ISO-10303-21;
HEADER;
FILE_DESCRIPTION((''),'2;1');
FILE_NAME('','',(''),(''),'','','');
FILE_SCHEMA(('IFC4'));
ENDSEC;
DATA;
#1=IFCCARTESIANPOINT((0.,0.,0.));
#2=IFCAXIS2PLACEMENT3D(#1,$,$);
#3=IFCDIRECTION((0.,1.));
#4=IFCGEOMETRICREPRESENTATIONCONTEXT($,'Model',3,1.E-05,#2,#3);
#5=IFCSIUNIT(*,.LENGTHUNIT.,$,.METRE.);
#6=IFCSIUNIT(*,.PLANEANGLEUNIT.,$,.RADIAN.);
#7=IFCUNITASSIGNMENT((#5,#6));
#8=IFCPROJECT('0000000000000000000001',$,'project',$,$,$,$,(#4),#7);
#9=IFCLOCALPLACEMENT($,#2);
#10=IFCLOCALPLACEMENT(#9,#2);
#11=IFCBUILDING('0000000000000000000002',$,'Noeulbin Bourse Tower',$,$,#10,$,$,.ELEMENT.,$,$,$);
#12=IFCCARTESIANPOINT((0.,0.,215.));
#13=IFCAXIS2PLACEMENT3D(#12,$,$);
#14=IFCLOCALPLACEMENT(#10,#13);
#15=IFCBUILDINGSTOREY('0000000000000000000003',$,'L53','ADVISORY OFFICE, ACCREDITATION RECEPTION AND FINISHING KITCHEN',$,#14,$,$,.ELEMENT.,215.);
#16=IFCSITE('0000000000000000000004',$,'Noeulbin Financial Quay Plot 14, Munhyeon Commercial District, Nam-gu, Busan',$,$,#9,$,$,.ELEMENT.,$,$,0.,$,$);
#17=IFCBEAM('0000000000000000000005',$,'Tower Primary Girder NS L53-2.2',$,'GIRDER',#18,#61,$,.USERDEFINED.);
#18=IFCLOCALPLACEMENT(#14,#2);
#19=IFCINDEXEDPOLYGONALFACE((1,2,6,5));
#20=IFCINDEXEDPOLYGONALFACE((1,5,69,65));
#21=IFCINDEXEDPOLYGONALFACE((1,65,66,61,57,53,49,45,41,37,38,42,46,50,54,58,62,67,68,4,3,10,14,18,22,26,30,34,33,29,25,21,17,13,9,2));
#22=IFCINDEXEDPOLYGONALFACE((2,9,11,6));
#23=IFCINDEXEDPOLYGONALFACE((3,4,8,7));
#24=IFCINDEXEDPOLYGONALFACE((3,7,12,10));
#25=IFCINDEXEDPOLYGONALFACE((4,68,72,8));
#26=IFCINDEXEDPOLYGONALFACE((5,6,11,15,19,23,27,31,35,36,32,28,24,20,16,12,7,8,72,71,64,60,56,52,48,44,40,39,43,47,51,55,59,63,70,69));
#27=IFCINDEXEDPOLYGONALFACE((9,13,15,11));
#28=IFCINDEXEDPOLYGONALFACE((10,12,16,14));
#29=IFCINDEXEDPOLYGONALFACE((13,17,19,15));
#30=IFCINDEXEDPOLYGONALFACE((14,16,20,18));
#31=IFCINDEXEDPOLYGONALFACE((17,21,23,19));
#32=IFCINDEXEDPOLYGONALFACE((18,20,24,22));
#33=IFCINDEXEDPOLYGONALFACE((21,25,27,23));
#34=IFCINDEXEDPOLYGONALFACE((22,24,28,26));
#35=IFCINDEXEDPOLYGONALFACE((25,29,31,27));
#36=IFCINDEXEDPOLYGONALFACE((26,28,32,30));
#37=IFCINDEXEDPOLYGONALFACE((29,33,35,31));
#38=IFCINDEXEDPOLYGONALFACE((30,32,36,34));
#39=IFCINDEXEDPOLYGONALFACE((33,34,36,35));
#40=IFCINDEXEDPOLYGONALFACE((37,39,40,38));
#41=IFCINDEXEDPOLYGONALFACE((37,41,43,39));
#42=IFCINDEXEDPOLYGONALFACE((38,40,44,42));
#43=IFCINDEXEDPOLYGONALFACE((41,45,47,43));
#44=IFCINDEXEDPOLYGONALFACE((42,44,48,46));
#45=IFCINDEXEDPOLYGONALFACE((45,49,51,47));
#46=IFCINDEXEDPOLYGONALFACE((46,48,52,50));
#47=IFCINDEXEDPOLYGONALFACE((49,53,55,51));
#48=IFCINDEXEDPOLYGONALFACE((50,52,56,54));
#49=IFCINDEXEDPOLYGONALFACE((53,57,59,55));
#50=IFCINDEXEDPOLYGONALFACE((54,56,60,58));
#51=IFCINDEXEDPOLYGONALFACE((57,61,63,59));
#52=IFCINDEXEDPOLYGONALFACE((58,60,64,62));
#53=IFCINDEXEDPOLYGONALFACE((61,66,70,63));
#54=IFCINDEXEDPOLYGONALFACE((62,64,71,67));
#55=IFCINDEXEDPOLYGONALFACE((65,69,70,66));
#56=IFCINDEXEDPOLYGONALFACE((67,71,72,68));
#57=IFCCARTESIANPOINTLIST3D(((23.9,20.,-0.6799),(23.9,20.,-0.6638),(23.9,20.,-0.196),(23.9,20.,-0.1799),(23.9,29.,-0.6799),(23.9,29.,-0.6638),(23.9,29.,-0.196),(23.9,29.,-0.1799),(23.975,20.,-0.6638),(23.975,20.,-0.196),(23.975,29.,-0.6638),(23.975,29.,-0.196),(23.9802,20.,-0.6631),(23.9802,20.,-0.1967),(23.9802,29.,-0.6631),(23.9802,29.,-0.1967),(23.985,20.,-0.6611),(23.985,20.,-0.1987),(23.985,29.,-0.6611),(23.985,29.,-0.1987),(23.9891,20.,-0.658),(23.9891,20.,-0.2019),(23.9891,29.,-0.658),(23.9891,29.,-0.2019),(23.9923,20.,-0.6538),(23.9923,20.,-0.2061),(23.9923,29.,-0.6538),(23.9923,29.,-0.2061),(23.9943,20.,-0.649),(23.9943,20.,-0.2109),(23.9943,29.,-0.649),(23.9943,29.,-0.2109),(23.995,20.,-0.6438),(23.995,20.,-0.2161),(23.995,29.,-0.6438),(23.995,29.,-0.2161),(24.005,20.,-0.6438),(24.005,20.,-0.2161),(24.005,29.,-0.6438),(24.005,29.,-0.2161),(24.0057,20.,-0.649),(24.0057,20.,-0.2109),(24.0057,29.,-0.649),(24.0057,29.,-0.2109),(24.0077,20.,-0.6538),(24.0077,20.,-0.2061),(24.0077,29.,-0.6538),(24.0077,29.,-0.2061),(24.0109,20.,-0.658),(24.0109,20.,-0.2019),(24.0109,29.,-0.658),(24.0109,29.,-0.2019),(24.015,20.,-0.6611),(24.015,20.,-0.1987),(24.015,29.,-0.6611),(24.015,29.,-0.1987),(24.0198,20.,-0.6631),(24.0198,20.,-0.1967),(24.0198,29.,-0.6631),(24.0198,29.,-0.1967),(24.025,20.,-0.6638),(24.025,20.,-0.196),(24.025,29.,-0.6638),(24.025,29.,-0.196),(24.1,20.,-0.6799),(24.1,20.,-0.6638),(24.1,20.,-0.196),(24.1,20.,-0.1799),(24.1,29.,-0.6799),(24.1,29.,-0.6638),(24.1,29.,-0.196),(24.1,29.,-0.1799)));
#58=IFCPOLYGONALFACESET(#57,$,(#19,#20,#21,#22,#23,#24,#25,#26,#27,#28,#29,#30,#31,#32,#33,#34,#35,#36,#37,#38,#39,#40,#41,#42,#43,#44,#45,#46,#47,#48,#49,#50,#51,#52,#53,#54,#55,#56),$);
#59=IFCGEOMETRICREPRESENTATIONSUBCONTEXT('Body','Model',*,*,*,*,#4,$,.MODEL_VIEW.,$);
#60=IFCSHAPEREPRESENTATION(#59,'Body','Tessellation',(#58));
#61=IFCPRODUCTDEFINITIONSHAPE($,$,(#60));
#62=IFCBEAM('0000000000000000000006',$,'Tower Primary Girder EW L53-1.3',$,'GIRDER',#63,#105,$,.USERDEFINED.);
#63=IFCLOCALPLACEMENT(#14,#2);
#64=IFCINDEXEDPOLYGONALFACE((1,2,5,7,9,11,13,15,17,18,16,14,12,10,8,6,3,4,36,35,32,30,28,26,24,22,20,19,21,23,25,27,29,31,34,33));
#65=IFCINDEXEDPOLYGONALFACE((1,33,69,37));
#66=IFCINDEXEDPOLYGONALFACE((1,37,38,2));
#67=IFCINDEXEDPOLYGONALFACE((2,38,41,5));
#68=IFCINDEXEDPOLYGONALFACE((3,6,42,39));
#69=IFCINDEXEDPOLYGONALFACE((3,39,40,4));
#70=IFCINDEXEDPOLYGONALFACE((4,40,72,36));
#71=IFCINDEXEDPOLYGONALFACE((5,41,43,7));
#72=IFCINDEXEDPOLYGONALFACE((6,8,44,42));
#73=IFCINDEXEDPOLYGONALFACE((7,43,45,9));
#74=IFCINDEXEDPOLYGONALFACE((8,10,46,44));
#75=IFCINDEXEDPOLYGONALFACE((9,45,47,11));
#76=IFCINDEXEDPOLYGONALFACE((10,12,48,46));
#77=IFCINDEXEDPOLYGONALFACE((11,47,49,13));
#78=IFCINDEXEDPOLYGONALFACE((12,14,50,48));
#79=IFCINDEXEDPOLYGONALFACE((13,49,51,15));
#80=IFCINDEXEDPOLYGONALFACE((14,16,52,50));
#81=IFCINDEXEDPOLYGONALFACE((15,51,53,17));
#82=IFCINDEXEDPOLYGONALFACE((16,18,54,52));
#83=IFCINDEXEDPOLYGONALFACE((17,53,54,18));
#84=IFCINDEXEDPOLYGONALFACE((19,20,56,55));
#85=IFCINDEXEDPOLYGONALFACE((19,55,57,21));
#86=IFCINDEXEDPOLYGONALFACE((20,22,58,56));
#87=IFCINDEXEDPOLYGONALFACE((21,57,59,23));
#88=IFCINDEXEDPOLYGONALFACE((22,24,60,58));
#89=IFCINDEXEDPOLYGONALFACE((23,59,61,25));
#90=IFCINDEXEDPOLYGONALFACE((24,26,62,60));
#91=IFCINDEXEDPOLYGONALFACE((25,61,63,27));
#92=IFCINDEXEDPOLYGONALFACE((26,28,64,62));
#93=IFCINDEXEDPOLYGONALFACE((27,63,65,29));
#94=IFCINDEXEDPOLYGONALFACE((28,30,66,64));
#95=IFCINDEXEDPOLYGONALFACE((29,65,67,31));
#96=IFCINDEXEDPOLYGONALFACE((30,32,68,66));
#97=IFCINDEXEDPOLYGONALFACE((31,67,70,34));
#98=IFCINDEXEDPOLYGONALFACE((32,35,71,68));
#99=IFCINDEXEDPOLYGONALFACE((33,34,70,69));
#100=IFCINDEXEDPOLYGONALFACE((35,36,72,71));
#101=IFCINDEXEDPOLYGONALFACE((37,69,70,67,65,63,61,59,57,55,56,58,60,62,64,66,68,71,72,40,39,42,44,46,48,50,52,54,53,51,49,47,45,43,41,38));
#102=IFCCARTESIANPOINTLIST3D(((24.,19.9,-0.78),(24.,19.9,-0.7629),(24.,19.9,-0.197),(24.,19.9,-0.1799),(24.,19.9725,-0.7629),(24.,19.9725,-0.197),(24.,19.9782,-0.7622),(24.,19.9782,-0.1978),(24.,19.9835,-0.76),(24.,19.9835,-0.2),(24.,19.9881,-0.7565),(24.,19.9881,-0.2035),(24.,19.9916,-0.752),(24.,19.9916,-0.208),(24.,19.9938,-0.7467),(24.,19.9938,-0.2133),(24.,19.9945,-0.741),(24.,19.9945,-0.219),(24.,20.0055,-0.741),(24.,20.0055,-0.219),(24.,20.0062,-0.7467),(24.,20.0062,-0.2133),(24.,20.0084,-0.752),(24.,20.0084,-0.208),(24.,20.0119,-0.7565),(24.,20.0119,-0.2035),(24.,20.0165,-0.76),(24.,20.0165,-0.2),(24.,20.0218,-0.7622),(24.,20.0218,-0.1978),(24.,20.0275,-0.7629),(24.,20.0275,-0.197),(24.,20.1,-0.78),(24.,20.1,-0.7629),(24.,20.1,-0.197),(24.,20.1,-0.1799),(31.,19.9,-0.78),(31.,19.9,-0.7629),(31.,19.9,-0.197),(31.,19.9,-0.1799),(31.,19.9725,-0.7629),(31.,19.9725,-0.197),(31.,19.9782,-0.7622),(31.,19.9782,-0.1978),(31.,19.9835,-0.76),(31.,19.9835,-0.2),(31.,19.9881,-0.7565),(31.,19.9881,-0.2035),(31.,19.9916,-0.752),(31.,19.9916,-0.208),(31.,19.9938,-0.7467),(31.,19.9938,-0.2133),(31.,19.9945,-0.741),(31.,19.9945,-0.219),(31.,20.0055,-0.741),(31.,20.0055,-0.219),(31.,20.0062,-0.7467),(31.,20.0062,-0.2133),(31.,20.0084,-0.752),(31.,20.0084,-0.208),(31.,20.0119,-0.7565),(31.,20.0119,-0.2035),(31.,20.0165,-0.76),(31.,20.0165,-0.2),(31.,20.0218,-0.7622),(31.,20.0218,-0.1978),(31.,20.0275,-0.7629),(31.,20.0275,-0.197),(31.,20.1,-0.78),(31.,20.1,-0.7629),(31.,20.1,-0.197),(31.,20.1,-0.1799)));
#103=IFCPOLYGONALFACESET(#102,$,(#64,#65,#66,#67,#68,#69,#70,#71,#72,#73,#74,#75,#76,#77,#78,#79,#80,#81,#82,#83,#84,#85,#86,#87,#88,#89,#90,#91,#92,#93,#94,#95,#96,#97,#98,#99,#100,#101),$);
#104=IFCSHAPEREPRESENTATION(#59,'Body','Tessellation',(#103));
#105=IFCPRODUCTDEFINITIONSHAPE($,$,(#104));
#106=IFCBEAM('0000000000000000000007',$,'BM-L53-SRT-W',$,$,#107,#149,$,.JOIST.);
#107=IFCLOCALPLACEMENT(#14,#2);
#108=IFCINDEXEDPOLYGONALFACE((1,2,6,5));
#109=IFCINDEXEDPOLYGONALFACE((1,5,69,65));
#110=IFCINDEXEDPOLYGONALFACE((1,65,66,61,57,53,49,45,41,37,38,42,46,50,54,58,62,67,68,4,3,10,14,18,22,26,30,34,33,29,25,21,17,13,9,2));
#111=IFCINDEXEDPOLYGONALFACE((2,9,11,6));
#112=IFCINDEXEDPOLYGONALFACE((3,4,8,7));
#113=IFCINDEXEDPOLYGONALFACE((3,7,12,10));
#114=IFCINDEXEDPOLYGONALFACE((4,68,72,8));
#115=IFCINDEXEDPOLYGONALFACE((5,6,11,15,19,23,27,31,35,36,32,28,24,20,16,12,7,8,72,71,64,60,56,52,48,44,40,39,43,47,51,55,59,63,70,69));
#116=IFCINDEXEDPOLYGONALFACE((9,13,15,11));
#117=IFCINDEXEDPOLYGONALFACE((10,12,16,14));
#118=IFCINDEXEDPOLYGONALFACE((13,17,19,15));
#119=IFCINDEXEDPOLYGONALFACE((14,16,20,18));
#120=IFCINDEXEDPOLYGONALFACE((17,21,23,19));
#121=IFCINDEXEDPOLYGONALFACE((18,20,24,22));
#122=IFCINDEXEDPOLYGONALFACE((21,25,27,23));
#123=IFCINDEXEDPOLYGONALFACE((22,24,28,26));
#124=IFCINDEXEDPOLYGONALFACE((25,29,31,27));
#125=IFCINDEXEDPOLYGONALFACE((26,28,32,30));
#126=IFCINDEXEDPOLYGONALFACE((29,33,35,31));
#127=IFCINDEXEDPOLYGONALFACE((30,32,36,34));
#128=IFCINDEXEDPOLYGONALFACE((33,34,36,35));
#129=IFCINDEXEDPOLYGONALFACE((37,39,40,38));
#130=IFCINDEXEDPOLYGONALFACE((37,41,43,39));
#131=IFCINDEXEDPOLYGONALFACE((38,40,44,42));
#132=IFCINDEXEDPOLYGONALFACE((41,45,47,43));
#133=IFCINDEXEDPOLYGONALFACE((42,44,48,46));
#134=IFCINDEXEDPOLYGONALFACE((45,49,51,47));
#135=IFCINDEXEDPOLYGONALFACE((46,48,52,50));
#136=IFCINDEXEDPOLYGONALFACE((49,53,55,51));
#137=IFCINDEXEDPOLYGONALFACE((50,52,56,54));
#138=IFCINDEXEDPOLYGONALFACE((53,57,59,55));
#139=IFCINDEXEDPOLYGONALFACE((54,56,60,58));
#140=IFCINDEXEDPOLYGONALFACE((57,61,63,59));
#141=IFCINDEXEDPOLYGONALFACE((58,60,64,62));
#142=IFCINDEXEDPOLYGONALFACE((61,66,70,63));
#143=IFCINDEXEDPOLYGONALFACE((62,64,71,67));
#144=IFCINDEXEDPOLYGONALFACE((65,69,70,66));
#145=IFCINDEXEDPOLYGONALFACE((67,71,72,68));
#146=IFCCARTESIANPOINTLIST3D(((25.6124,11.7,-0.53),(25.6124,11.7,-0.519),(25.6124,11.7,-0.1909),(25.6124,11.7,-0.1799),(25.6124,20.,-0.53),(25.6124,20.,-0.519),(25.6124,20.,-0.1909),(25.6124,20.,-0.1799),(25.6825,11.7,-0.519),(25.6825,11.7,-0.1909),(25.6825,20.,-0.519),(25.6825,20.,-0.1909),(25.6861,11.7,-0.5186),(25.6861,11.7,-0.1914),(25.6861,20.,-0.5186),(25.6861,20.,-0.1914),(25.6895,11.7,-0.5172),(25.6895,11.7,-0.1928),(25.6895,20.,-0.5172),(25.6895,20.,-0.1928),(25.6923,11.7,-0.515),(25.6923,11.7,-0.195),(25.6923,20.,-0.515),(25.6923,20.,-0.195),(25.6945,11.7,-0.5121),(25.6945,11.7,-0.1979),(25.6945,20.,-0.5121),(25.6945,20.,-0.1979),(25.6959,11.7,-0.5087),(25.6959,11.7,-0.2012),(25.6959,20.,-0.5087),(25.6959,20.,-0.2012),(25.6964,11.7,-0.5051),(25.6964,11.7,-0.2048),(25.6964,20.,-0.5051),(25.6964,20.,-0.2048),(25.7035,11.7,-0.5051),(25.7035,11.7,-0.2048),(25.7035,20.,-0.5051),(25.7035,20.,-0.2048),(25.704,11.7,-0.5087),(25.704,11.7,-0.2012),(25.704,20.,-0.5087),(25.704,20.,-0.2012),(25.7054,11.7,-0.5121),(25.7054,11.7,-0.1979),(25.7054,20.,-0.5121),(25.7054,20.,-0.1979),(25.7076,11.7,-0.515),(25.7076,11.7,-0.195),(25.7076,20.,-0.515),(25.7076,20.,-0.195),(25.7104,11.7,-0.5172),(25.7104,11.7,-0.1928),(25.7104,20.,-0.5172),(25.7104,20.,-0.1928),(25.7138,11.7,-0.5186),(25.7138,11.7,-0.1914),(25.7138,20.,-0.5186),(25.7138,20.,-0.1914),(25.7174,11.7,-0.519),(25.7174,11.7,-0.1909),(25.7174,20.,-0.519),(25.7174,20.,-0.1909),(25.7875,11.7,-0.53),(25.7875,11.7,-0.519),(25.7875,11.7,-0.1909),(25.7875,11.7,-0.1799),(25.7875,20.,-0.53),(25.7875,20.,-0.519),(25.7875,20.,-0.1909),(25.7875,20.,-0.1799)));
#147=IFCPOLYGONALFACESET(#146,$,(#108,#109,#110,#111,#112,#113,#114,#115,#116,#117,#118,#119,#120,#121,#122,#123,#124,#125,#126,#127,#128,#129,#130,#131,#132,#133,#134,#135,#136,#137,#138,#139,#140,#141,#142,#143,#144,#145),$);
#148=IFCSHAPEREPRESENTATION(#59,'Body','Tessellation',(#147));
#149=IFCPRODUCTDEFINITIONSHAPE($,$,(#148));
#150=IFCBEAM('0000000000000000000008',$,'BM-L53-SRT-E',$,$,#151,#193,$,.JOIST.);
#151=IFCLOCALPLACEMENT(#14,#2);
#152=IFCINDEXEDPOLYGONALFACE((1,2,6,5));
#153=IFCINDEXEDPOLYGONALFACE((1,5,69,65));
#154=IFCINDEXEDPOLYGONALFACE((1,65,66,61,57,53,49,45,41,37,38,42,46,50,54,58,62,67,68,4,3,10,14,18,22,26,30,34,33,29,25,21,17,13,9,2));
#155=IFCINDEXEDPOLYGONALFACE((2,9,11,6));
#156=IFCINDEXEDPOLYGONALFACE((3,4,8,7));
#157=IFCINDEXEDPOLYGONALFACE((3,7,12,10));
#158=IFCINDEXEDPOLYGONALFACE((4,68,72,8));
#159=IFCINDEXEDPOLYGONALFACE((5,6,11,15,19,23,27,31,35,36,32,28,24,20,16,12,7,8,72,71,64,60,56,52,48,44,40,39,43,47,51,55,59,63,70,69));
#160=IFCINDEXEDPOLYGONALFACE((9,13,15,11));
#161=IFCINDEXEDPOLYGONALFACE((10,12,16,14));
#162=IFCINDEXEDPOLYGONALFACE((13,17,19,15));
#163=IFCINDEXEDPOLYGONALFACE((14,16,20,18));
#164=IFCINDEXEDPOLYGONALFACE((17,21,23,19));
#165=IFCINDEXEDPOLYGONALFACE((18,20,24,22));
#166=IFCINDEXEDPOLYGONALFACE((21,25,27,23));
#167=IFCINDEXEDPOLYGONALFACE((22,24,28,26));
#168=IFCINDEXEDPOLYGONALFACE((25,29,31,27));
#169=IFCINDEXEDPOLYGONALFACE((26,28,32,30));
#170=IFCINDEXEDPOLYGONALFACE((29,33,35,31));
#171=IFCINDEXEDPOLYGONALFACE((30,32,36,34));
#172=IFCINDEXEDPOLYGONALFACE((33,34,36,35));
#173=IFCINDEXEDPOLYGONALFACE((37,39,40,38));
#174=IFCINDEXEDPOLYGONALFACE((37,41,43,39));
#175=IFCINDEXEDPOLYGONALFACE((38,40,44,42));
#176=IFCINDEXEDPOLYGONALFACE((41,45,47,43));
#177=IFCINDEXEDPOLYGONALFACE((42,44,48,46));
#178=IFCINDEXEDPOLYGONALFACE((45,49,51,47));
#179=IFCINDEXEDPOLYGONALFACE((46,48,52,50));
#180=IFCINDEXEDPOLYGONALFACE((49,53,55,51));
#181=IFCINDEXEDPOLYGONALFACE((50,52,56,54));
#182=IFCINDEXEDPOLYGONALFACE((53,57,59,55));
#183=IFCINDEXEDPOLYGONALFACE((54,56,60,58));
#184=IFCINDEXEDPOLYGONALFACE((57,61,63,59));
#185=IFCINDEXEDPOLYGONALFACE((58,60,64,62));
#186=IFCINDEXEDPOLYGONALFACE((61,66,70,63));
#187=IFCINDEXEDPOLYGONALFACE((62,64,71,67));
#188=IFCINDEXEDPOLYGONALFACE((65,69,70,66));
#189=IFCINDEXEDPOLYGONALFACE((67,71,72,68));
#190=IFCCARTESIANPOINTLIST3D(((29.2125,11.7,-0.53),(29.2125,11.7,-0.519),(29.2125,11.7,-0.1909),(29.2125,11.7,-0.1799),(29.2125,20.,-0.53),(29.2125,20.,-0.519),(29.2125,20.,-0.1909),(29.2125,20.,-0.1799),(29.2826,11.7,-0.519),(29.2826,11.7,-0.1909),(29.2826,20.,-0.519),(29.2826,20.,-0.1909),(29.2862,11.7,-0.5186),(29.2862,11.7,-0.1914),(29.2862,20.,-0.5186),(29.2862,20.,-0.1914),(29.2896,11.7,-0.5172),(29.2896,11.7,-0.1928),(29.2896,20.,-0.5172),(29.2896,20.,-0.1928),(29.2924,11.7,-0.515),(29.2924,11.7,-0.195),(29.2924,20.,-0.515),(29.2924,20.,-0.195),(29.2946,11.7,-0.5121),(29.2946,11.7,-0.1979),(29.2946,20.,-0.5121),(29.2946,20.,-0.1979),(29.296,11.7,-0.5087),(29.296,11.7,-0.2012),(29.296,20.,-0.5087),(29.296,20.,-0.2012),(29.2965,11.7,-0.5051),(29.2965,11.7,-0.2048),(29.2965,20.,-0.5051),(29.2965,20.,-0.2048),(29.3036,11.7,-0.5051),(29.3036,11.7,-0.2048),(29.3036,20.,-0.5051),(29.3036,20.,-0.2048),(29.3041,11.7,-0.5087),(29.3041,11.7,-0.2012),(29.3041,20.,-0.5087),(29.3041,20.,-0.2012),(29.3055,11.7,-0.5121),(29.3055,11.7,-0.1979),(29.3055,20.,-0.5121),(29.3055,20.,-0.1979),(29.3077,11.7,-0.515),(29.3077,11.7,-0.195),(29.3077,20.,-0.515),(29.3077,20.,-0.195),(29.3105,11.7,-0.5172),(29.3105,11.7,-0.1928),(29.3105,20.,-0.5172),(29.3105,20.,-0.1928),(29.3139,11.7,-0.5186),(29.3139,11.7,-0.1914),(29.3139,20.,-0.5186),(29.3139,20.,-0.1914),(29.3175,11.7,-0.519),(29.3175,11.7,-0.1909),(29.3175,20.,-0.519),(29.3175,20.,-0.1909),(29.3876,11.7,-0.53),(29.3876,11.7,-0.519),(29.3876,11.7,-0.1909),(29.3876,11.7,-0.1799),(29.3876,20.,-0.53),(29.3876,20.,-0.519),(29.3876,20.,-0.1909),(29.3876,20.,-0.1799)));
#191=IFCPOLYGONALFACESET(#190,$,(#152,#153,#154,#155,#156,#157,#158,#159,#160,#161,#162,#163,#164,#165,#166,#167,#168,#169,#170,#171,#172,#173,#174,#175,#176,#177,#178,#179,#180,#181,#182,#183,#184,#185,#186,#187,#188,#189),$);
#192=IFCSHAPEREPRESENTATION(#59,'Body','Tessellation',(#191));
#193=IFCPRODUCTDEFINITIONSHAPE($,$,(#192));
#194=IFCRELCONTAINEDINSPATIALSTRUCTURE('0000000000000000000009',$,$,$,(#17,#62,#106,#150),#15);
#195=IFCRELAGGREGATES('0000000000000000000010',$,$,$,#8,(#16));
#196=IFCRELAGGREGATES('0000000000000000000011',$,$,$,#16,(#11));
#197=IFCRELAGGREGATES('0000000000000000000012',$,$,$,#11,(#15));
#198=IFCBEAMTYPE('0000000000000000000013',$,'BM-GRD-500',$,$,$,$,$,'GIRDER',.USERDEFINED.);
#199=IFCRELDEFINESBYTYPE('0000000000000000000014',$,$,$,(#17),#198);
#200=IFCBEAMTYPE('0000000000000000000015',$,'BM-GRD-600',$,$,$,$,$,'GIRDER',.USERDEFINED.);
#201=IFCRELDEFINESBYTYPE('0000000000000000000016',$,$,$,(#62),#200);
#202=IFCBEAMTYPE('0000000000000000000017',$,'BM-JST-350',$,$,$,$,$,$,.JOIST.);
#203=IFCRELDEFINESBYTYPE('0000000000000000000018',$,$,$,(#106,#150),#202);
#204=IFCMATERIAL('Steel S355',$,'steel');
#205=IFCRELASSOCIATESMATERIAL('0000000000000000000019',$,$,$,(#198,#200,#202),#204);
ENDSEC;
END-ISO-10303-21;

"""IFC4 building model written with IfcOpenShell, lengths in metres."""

from ifc_helpers import new_model, si_unit, direction, frame, origin, origin_2d, place, context, subcontext, project, spatial, i_section, extrude, material, material_profile, profile_set, type_object, element, save


model = new_model("IFC4")

# Units and contexts
model_context = context("Model", 3, precision=1e-05, world=origin(), true_north=direction((0.0, 1.0)))
body_context = subcontext(model_context, "Body", "Model", "MODEL_VIEW")
ifc_project = project(units=[si_unit("LENGTHUNIT", "METRE"), si_unit("PLANEANGLEUNIT", "RADIAN")], contexts=[model_context])

# Site, building, storey
site_placement = place(None, origin())
site = spatial("IfcSite", under=ifc_project, at=site_placement, Name="Noeulbin Financial Quay Plot 14, Munhyeon Commercial District, Nam-gu, Busan", CompositionType="ELEMENT", RefElevation=0.0)
building_placement = place(site_placement, origin())
building = spatial("IfcBuilding", under=site, at=building_placement, Name="Noeulbin Bourse Tower", CompositionType="ELEMENT")
storey_placement = place(building_placement, frame((0.0, 0.0, 215.0)))
storey = spatial("IfcBuildingStorey", under=building, at=storey_placement, Name="L53", Description="ADVISORY OFFICE, ACCREDITATION RECEPTION AND FINISHING KITCHEN", CompositionType="ELEMENT", Elevation=215.0)

# Shared definitions
ifc_material_1 = material(Name="Steel S355", Category="steel")

# Beams
ifc_material_profile_1 = material_profile(ifc_material_1, i_section(OverallWidth=0.2, OverallDepth=0.5, WebThickness=0.01, FlangeThickness=0.0161, FilletRadius=0.02, at=origin_2d()), Name="H-500x200x10x16", Category="LoadBearing")
ifc_profile_set_1 = profile_set([ifc_material_profile_1], Name="Steel S355")
beam_type_1 = type_object("IfcBeamType", Name="BM-GRD-500", ElementType="GIRDER", PredefinedType="USERDEFINED", material=ifc_profile_set_1)
beam_1_placement = place(storey_placement, frame((24.0, 20.0, -0.4299), z_axis=(0.0, 1.0, 0.0), x_axis=(-1.0, 0.0, 0.0)))
element("IfcBeam", 1, at=beam_1_placement, inside=storey, type_object=beam_type_1, Name="Tower Primary Girder NS L53-2.2", ObjectType="GIRDER", PredefinedType="USERDEFINED", context=body_context, shape_type="SweptSolid", body=[
    extrude(i_section(OverallWidth=0.2, OverallDepth=0.5, WebThickness=0.01, FlangeThickness=0.0161, FilletRadius=0.02, at=origin_2d()), origin(), (0.0, 0.0, 1.0), 9.0),
])
ifc_material_profile_2 = material_profile(ifc_material_1, i_section(OverallWidth=0.2, OverallDepth=0.6001, WebThickness=0.011, FlangeThickness=0.0171, FilletRadius=0.022, at=origin_2d()), Name="H-600x200x11x17", Category="LoadBearing")
ifc_profile_set_2 = profile_set([ifc_material_profile_2], Name="Steel S355")
beam_type_2 = type_object("IfcBeamType", Name="BM-GRD-600", ElementType="GIRDER", PredefinedType="USERDEFINED", material=ifc_profile_set_2)
beam_2_placement = place(storey_placement, frame((24.0, 20.0, -0.48), z_axis=(1.0, 0.0, 0.0), x_axis=(0.0, 1.0, 0.0)))
element("IfcBeam", 2, at=beam_2_placement, inside=storey, type_object=beam_type_2, Name="Tower Primary Girder EW L53-1.3", ObjectType="GIRDER", PredefinedType="USERDEFINED", context=body_context, shape_type="SweptSolid", body=[
    extrude(i_section(OverallWidth=0.2, OverallDepth=0.6001, WebThickness=0.011, FlangeThickness=0.0171, FilletRadius=0.022, at=origin_2d()), origin(), (0.0, 0.0, 1.0), 7.0),
])
ifc_material_profile_3 = material_profile(ifc_material_1, i_section(OverallWidth=0.175, OverallDepth=0.3501, WebThickness=0.0071, FlangeThickness=0.011, FilletRadius=0.0139, at=origin_2d()), Name="H-350x175x7x11", Category="LoadBearing")
ifc_profile_set_3 = profile_set([ifc_material_profile_3], Name="Steel S355")
beam_type_3 = type_object("IfcBeamType", Name="BM-JST-350", PredefinedType="JOIST", material=ifc_profile_set_3)
for number, where, z_axis, x_axis, name in (
    (3, (25.7, 11.7, -0.355), (0.0, 1.0, 0.0), (-1.0, 0.0, 0.0), "BM-L53-SRT-W"),
    (4, (29.3, 11.7, -0.355), (0.0, 1.0, 0.0), (-1.0, 0.0, 0.0), "BM-L53-SRT-E"),
):
    element("IfcBeam", number, at=place(storey_placement, frame(where, z_axis=z_axis, x_axis=x_axis)), inside=storey, type_object=beam_type_3, Name=name, PredefinedType="JOIST", context=body_context, shape_type="SweptSolid", body=[
        extrude(i_section(OverallWidth=0.175, OverallDepth=0.3501, WebThickness=0.0071, FlangeThickness=0.011, FilletRadius=0.0139, at=origin_2d()), origin(), (0.0, 0.0, 1.0), 8.3),
    ])

save(model, "model.ifc")
